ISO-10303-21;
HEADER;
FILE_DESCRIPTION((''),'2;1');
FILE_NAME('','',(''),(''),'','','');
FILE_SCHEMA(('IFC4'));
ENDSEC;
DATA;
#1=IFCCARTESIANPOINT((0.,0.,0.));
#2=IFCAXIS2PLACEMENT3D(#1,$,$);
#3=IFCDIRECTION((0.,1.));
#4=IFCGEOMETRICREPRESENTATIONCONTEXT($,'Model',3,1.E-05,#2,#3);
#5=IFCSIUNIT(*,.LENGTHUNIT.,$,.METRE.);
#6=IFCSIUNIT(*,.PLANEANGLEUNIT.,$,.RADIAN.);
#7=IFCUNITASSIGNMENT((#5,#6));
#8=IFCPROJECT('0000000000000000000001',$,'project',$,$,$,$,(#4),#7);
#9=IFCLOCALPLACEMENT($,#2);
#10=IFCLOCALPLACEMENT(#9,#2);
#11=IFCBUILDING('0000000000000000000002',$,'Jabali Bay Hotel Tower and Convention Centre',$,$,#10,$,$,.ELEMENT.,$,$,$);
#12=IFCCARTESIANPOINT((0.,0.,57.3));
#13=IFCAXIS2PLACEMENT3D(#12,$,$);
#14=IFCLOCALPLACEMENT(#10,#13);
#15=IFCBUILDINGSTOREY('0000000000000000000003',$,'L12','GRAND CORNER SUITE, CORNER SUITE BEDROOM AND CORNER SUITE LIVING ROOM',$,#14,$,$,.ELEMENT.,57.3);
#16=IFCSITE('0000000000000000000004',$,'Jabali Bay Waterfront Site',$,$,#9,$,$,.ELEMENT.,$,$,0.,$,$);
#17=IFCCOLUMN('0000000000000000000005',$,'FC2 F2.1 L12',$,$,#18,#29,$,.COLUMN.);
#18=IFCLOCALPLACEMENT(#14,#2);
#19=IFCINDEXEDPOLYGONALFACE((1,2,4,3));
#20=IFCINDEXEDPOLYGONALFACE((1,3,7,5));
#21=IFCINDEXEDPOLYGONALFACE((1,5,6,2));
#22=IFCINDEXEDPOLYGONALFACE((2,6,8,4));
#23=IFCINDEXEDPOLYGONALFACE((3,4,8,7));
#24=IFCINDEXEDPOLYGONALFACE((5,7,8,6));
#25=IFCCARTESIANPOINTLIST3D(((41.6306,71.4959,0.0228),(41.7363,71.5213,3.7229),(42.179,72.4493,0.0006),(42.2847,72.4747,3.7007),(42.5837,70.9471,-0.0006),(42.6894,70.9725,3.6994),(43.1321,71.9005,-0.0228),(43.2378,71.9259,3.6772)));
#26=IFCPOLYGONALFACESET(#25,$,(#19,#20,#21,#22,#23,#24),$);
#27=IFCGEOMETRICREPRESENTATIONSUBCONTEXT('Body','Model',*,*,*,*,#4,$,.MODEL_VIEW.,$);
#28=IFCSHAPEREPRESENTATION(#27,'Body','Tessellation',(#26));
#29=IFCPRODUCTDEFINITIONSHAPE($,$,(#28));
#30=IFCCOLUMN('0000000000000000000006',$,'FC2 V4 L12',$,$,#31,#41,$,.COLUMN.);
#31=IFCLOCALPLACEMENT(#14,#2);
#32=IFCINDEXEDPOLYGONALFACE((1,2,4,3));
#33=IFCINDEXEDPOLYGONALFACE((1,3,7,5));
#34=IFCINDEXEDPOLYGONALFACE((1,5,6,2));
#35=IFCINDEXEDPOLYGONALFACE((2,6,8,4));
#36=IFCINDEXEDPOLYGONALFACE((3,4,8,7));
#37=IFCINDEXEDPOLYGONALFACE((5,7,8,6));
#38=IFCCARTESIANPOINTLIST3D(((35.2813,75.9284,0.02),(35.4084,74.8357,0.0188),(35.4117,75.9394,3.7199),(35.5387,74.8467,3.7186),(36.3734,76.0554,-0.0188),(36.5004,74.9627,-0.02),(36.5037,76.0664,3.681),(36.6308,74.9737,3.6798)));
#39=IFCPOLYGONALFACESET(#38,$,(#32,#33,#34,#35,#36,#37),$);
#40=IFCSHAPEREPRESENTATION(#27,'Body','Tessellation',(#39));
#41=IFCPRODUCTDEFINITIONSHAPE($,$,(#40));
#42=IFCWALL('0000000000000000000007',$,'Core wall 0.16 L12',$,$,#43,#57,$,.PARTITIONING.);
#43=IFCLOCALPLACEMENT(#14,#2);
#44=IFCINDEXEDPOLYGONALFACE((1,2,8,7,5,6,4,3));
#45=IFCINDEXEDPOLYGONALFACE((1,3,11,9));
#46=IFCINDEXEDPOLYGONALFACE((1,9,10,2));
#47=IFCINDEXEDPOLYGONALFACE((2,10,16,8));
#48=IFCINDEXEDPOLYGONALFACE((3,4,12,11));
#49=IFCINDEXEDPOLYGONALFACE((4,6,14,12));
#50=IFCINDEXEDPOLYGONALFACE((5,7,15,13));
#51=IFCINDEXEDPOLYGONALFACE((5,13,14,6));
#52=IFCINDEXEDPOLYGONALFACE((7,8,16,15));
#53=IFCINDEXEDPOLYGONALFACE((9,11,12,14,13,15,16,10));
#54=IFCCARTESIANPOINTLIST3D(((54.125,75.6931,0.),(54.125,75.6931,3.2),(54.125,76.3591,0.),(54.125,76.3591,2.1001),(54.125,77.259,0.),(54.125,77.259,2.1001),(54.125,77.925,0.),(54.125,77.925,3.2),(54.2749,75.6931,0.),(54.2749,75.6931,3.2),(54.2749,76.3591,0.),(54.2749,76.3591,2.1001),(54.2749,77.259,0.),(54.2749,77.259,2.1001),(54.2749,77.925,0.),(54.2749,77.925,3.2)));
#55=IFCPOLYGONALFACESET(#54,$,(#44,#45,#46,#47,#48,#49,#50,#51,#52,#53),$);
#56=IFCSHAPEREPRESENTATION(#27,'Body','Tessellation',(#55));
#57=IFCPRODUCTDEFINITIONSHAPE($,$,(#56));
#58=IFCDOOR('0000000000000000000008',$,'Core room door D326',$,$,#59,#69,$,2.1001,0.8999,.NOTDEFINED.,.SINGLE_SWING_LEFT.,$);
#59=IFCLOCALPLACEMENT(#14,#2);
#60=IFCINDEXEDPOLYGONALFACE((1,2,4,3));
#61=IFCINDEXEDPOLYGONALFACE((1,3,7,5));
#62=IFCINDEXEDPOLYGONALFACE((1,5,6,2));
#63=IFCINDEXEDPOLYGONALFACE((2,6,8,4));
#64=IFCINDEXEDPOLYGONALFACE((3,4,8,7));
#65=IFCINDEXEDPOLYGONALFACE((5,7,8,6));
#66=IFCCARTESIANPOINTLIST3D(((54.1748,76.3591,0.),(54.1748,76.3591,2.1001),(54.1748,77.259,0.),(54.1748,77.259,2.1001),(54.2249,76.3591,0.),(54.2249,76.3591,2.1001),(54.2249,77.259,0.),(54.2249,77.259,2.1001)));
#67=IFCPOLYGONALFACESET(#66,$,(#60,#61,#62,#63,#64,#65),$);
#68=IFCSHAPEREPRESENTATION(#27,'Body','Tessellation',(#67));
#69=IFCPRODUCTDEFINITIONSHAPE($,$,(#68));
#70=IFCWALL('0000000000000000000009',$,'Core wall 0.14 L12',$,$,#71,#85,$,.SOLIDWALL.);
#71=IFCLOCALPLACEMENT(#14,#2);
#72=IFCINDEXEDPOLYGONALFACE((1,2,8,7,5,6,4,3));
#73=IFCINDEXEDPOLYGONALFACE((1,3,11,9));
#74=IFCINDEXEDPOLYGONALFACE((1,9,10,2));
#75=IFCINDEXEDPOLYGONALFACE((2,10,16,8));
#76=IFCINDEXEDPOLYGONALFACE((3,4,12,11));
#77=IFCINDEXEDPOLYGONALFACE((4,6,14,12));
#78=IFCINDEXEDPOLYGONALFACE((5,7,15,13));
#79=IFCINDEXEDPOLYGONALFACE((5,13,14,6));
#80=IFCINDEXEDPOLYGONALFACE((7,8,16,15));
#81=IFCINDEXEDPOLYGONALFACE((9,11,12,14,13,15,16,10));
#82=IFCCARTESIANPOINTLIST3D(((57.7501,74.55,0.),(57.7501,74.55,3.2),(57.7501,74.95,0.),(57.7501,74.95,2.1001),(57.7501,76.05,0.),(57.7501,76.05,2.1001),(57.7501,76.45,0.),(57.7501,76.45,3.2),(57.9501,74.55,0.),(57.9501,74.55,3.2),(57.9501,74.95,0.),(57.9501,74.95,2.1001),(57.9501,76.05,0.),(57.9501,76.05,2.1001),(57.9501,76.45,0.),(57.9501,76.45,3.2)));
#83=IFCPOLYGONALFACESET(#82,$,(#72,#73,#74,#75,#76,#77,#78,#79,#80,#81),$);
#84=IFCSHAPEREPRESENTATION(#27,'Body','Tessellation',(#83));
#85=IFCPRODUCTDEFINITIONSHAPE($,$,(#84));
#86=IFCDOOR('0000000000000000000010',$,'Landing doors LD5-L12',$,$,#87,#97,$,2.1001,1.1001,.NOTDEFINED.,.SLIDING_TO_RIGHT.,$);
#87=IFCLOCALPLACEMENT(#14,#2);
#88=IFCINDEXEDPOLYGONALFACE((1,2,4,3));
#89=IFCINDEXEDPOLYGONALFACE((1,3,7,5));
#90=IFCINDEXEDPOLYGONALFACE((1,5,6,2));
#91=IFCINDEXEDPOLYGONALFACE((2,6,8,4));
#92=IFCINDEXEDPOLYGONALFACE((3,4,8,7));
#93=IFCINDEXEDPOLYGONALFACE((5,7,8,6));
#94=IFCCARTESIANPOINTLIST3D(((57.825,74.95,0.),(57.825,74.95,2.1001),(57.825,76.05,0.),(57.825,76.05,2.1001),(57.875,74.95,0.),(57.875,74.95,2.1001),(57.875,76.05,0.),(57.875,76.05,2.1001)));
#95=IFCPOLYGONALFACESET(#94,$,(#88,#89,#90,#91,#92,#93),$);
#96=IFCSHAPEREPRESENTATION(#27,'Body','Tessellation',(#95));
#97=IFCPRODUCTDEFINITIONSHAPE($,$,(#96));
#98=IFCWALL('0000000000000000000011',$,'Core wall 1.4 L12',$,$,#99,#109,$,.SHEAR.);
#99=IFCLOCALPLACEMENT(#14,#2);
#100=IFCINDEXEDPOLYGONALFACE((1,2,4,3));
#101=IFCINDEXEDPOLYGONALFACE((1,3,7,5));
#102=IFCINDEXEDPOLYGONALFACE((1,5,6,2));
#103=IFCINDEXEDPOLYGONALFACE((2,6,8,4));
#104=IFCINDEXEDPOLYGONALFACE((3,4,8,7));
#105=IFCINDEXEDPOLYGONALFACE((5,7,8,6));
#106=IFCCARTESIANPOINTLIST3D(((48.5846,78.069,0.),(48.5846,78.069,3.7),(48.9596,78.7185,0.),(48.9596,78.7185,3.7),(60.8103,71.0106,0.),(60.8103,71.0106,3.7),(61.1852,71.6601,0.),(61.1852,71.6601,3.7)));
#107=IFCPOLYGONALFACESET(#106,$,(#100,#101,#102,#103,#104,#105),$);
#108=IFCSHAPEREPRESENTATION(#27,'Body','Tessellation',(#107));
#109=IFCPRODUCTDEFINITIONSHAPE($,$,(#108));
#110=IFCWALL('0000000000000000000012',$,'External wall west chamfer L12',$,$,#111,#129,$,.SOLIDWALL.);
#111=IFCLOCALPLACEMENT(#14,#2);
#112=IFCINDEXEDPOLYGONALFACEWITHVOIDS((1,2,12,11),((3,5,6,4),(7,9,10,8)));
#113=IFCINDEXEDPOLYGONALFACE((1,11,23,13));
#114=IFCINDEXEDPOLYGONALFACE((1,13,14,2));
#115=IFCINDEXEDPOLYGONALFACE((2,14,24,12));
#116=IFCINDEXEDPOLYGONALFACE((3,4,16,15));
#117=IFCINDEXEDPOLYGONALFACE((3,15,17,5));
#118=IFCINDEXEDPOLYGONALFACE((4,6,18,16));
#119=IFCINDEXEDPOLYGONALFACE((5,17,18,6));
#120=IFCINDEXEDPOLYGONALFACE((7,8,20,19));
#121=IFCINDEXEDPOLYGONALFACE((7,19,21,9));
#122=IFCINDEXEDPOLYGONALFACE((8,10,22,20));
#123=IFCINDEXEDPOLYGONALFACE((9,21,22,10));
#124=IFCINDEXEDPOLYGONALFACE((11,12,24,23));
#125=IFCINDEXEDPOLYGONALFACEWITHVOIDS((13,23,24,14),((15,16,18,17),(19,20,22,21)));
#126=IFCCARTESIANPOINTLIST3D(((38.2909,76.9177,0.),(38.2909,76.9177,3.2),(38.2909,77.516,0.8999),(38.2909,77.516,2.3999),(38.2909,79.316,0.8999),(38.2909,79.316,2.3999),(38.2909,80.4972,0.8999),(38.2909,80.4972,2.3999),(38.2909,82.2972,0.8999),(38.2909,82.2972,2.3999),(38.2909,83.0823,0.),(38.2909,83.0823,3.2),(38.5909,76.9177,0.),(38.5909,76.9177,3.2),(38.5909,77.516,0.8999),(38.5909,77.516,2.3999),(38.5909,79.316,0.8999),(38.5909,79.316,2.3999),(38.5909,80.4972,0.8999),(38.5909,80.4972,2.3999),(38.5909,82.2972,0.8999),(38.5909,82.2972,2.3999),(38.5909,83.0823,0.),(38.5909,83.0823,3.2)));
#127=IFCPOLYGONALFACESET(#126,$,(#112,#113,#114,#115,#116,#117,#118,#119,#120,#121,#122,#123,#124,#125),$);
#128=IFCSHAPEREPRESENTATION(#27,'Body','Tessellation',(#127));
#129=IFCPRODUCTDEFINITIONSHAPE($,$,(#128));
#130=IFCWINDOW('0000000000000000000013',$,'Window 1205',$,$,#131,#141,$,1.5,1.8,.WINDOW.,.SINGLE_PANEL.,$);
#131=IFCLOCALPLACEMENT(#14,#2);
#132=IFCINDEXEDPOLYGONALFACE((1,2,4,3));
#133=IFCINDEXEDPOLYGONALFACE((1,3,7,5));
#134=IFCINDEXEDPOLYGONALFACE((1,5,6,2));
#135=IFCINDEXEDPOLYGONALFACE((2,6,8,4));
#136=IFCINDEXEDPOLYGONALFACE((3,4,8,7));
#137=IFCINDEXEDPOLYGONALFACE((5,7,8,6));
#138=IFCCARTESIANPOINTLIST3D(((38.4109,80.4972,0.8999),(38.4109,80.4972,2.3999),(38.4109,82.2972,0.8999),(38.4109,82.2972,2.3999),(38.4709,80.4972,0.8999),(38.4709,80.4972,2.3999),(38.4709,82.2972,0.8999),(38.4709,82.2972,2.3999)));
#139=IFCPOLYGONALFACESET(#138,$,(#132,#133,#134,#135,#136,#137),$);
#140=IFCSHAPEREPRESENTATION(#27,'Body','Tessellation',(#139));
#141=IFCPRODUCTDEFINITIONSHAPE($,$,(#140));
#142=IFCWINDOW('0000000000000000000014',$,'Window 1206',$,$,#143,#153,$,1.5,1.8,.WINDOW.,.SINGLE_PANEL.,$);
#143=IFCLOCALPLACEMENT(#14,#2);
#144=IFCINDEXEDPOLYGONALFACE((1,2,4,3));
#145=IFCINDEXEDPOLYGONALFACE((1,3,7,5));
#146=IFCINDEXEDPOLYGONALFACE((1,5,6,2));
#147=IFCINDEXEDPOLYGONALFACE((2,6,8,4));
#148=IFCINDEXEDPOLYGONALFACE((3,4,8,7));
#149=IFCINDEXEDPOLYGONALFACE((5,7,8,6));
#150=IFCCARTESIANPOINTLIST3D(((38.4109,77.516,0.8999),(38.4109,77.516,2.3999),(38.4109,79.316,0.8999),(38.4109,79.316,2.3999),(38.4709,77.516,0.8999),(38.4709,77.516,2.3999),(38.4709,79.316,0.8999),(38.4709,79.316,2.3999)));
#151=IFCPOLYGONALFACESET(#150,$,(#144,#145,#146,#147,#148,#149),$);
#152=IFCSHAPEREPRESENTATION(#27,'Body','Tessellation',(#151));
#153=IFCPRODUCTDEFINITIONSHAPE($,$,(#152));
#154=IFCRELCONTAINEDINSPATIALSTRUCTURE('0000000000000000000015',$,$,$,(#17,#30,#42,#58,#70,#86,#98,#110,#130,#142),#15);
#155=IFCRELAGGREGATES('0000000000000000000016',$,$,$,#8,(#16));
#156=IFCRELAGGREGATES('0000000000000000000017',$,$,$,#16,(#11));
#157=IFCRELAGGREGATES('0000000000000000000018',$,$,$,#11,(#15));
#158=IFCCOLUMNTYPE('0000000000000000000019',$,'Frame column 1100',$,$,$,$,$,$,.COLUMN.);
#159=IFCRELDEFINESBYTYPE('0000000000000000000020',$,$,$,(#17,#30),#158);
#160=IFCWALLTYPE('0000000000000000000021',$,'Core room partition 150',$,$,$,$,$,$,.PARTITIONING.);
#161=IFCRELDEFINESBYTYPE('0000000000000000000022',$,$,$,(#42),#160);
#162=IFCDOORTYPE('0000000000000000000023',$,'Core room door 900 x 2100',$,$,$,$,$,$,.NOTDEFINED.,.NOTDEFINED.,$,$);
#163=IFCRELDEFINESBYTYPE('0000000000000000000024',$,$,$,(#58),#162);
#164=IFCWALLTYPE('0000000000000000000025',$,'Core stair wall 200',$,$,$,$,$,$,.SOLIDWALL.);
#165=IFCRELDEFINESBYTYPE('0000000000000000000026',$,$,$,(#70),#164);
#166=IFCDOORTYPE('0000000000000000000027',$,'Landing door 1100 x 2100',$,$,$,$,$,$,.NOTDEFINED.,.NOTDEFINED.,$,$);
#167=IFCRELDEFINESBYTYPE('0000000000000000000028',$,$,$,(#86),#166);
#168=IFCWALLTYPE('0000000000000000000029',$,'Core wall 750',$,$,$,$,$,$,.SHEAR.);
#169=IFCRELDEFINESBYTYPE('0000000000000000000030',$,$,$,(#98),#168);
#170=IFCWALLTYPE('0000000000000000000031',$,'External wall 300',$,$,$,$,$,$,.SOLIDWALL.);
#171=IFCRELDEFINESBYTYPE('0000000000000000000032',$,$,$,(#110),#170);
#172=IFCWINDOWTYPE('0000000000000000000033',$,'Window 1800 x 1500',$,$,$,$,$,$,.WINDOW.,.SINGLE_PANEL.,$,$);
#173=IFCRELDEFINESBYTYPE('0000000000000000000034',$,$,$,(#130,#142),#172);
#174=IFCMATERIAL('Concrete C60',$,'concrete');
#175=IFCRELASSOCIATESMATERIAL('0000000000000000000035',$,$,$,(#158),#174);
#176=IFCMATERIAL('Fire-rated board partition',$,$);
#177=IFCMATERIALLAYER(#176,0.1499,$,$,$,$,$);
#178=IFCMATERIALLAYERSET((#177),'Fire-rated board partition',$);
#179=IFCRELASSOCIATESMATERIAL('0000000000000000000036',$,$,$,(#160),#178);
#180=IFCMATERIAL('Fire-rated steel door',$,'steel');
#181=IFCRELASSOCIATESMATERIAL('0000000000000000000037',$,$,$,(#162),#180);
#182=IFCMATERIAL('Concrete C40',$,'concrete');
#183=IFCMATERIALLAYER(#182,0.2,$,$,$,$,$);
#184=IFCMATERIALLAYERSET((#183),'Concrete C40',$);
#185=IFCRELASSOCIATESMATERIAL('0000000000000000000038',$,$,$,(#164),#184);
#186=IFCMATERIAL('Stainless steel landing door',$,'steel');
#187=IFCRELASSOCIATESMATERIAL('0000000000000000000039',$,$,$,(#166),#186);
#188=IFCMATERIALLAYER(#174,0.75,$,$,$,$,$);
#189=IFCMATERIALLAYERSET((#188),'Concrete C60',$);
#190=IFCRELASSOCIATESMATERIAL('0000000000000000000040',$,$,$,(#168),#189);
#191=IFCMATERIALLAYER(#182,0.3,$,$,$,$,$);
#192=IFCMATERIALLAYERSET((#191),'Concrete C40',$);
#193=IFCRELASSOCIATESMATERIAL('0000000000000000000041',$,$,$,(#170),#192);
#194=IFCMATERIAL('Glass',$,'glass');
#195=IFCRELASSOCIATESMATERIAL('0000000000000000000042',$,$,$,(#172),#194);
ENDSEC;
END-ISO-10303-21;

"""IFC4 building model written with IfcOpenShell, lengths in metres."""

from ifc_helpers import new_model, si_unit, direction, frame, frame_2d, origin, origin_2d, place, context, subcontext, project, spatial, rectangle, extrude, material, layer, layer_set, material_profile, profile_set, type_object, element, fill, save


model = new_model("IFC4")

# Units and contexts
model_context = context("Model", 3, precision=1e-05, world=origin(), true_north=direction((0.0, 1.0)))
body_context = subcontext(model_context, "Body", "Model", "MODEL_VIEW")
ifc_project = project(units=[si_unit("LENGTHUNIT", "METRE"), si_unit("PLANEANGLEUNIT", "RADIAN")], contexts=[model_context])

# Site, building, storey
site_placement = place(None, origin())
site = spatial("IfcSite", under=ifc_project, at=site_placement, Name="Jabali Bay Waterfront Site", CompositionType="ELEMENT", RefElevation=0.0)
building_placement = place(site_placement, origin())
building = spatial("IfcBuilding", under=site, at=building_placement, Name="Jabali Bay Hotel Tower and Convention Centre", CompositionType="ELEMENT")
storey_placement = place(building_placement, frame((0.0, 0.0, 57.3)))
storey = spatial("IfcBuildingStorey", under=building, at=storey_placement, Name="L12", Description="GRAND CORNER SUITE, CORNER SUITE BEDROOM AND CORNER SUITE LIVING ROOM", CompositionType="ELEMENT", Elevation=57.3)

# Columns
ifc_material_1 = material(Name="Concrete C60", Category="concrete")
ifc_material_profile = material_profile(ifc_material_1, rectangle(XDim=1.1001, YDim=1.1001, at=origin_2d()), Name="Frame column 1100")
ifc_profile_set = profile_set([ifc_material_profile], Name="Concrete C60")
column_type = type_object("IfcColumnType", Name="Frame column 1100", PredefinedType="COLUMN", material=ifc_profile_set)
column_1_placement = place(storey_placement, frame((42.3813, 71.6982, 0.0), z_axis=(0.028559, 0.006859, 0.999569), x_axis=(-0.866411, 0.498875, 0.021331)))
element("IfcColumn", 1, at=column_1_placement, inside=storey, type_object=column_type, Name="FC2 F2.1 L12", PredefinedType="COLUMN", context=body_context, shape_type="SweptSolid", body=[
    extrude(rectangle(XDim=1.1001, YDim=1.1001, at=origin_2d()), origin(), (0.0, 0.0, 1.0), 3.7017),
])
column_2_placement = place(storey_placement, frame((35.8909, 75.4456, 0.0), z_axis=(0.035214, 0.002967, 0.999375), x_axis=(-0.115491, 0.993308, 0.00112)))
element("IfcColumn", 2, at=column_2_placement, inside=storey, type_object=column_type, Name="FC2 V4 L12", PredefinedType="COLUMN", context=body_context, shape_type="SweptSolid", body=[
    extrude(rectangle(XDim=1.1001, YDim=1.1001, at=origin_2d()), origin(), (0.0, 0.0, 1.0), 3.7021),
])

# Walls, openings, doors
ifc_material_2 = material(Name="Fire-rated board partition")
ifc_layer_1 = layer(ifc_material_2, 0.1499)
ifc_layer_set_1 = layer_set([ifc_layer_1], Name="Fire-rated board partition")
wall_type_1 = type_object("IfcWallType", Name="Core room partition 150", PredefinedType="PARTITIONING", material=ifc_layer_set_1)
wall_1_placement = place(storey_placement, frame((54.2, 77.925, 0.0), z_axis=(0.0, 0.0, 1.0), x_axis=(0.0, -1.0, 0.0)))
wall_1 = element("IfcWall", 3, at=wall_1_placement, inside=storey, type_object=wall_type_1, Name="Core wall 0.16 L12", PredefinedType="PARTITIONING", context=body_context, shape_type="SweptSolid", body=[
    extrude(rectangle(XDim=2.2319, YDim=0.1499, at=frame_2d((1.116, 0.0))), origin(), (0.0, 0.0, 1.0), 3.2),
])
opening_1_placement = place(wall_1_placement, frame((0.666, 0.0, 0.0)))
opening_1 = element("IfcOpeningElement", 4, at=opening_1_placement, cuts=wall_1, PredefinedType="OPENING", context=body_context, shape_type="SweptSolid", body=[
    extrude(rectangle(XDim=0.8999, YDim=2.1001, at=frame_2d((0.45, 1.05))), frame((0.0, 0.0854, 0.0), z_axis=(0.0, -1.0, 0.0), x_axis=(1.0, 0.0, 0.0)), (0.0, 0.0, 1.0), 0.1709),
])
ifc_material_3 = material(Name="Fire-rated steel door", Category="steel")
door_type_1 = type_object("IfcDoorType", Name="Core room door 900 x 2100", OperationType="NOTDEFINED", PredefinedType="NOTDEFINED", material=ifc_material_3)
door_1_placement = place(opening_1_placement, origin())
door_1 = element("IfcDoor", 5, at=door_1_placement, inside=storey, type_object=door_type_1, Name="Core room door D326", OperationType="SINGLE_SWING_LEFT", OverallHeight=2.1001, OverallWidth=0.8999, PredefinedType="NOTDEFINED", context=body_context, shape_type="SweptSolid", body=[
    extrude(rectangle(XDim=0.8999, YDim=2.1001, at=frame_2d((0.45, 1.05))), frame((0.0, 0.0249, 0.0), z_axis=(0.0, -1.0, 0.0), x_axis=(1.0, 0.0, 0.0)), (0.0, 0.0, 1.0), 0.05),
])
fill(opening_1, door_1)
ifc_material_4 = material(Name="Concrete C40", Category="concrete")
ifc_layer_2 = layer(ifc_material_4, 0.2)
ifc_layer_set_2 = layer_set([ifc_layer_2], Name="Concrete C40")
wall_type_2 = type_object("IfcWallType", Name="Core stair wall 200", PredefinedType="SOLIDWALL", material=ifc_layer_set_2)
wall_2_placement = place(storey_placement, frame((57.8501, 76.45, 0.0), z_axis=(0.0, 0.0, 1.0), x_axis=(0.0, -1.0, 0.0)))
wall_2 = element("IfcWall", 6, at=wall_2_placement, inside=storey, type_object=wall_type_2, Name="Core wall 0.14 L12", PredefinedType="SOLIDWALL", context=body_context, shape_type="SweptSolid", body=[
    extrude(rectangle(XDim=1.8999, YDim=0.2, at=frame_2d((0.95, 0.0))), origin(), (0.0, 0.0, 1.0), 3.2),
])
opening_2_placement = place(wall_2_placement, frame((0.3999, 0.0, 0.0)))
opening_2 = element("IfcOpeningElement", 7, at=opening_2_placement, cuts=wall_2, PredefinedType="OPENING", context=body_context, shape_type="SweptSolid", body=[
    extrude(rectangle(XDim=1.1001, YDim=2.1001, at=frame_2d((0.55, 1.05))), frame((0.0, 0.1104, 0.0), z_axis=(0.0, -1.0, 0.0), x_axis=(1.0, 0.0, 0.0)), (0.0, 0.0, 1.0), 0.2209),
])
ifc_material_5 = material(Name="Stainless steel landing door", Category="steel")
door_type_2 = type_object("IfcDoorType", Name="Landing door 1100 x 2100", OperationType="NOTDEFINED", PredefinedType="NOTDEFINED", material=ifc_material_5)
door_2_placement = place(opening_2_placement, origin())
door_2 = element("IfcDoor", 8, at=door_2_placement, inside=storey, type_object=door_type_2, Name="Landing doors LD5-L12", OperationType="SLIDING_TO_RIGHT", OverallHeight=2.1001, OverallWidth=1.1001, PredefinedType="NOTDEFINED", context=body_context, shape_type="SweptSolid", body=[
    extrude(rectangle(XDim=1.1001, YDim=2.1001, at=frame_2d((0.55, 1.05))), frame((0.0, 0.0249, 0.0), z_axis=(0.0, -1.0, 0.0), x_axis=(1.0, 0.0, 0.0)), (0.0, 0.0, 1.0), 0.05),
])
fill(opening_2, door_2)

# Wall
ifc_layer_3 = layer(ifc_material_1, 0.75)
ifc_layer_set_3 = layer_set([ifc_layer_3], Name="Concrete C60")
wall_type_3 = type_object("IfcWallType", Name="Core wall 750", PredefinedType="SHEAR", material=ifc_layer_set_3)
wall_3_placement = place(storey_placement, frame((48.772, 78.3938, 0.0), z_axis=(0.0, 0.0, 1.0), x_axis=(0.866028, -0.499995, 0.0)))
element("IfcWall", 9, at=wall_3_placement, inside=storey, type_object=wall_type_3, Name="Core wall 1.4 L12", PredefinedType="SHEAR", context=body_context, shape_type="SweptSolid", body=[
    extrude(rectangle(XDim=14.1169, YDim=0.75, at=frame_2d((7.0586, 0.0))), origin(), (0.0, 0.0, 1.0), 3.7),
])

# Wall, openings, windows
ifc_layer_4 = layer(ifc_material_4, 0.3)
ifc_layer_set_4 = layer_set([ifc_layer_4], Name="Concrete C40")
wall_type_4 = type_object("IfcWallType", Name="External wall 300", PredefinedType="SOLIDWALL", material=ifc_layer_set_4)
wall_4_placement = place(storey_placement, frame((38.4409, 76.9177, 0.0), z_axis=(0.0, 0.0, 1.0), x_axis=(0.0, 1.0, 0.0)))
wall_4 = element("IfcWall", 10, at=wall_4_placement, inside=storey, type_object=wall_type_4, Name="External wall west chamfer L12", PredefinedType="SOLIDWALL", context=body_context, shape_type="SweptSolid", body=[
    extrude(rectangle(XDim=6.1646, YDim=0.3, at=frame_2d((3.0823, 0.0))), origin(), (0.0, 0.0, 1.0), 3.2),
])
opening_3_placement = place(wall_4_placement, frame((3.5796, 0.0, 0.8999)))
opening_3 = element("IfcOpeningElement", 11, at=opening_3_placement, cuts=wall_4, PredefinedType="OPENING", context=body_context, shape_type="SweptSolid", body=[
    extrude(rectangle(XDim=1.8, YDim=1.5, at=frame_2d((0.8999, 0.75))), frame((0.0, 0.1606, 0.0), z_axis=(0.0, -1.0, 0.0), x_axis=(1.0, 0.0, 0.0)), (0.0, 0.0, 1.0), 0.321),
])
opening_4_placement = place(wall_4_placement, frame((0.5984, 0.0, 0.8999)))
opening_4 = element("IfcOpeningElement", 12, at=opening_4_placement, cuts=wall_4, PredefinedType="OPENING", context=body_context, shape_type="SweptSolid", body=[
    extrude(rectangle(XDim=1.8, YDim=1.5, at=frame_2d((0.8999, 0.75))), frame((0.0, 0.1606, 0.0), z_axis=(0.0, -1.0, 0.0), x_axis=(1.0, 0.0, 0.0)), (0.0, 0.0, 1.0), 0.321),
])
ifc_material_6 = material(Name="Glass", Category="glass")
window_type = type_object("IfcWindowType", Name="Window 1800 x 1500", PartitioningType="SINGLE_PANEL", PredefinedType="WINDOW", material=ifc_material_6)
window_1_placement = place(opening_3_placement, origin())
window_1 = element("IfcWindow", 13, at=window_1_placement, inside=storey, type_object=window_type, Name="Window 1205", OverallHeight=1.5, OverallWidth=1.8, PartitioningType="SINGLE_PANEL", PredefinedType="WINDOW", context=body_context, shape_type="SweptSolid", body=[
    extrude(rectangle(XDim=1.8, YDim=1.5, at=frame_2d((0.8999, 0.75))), frame((0.0, 0.03, 0.0), z_axis=(0.0, -1.0, 0.0), x_axis=(1.0, 0.0, 0.0)), (0.0, 0.0, 1.0), 0.0601),
])
fill(opening_3, window_1)
window_2_placement = place(opening_4_placement, origin())
window_2 = element("IfcWindow", 14, at=window_2_placement, inside=storey, type_object=window_type, Name="Window 1206", OverallHeight=1.5, OverallWidth=1.8, PartitioningType="SINGLE_PANEL", PredefinedType="WINDOW", context=body_context, shape_type="SweptSolid", body=[
    extrude(rectangle(XDim=1.8, YDim=1.5, at=frame_2d((0.8999, 0.75))), frame((0.0, 0.03, 0.0), z_axis=(0.0, -1.0, 0.0), x_axis=(1.0, 0.0, 0.0)), (0.0, 0.0, 1.0), 0.0601),
])
fill(opening_4, window_2)

save(model, "model.ifc")
